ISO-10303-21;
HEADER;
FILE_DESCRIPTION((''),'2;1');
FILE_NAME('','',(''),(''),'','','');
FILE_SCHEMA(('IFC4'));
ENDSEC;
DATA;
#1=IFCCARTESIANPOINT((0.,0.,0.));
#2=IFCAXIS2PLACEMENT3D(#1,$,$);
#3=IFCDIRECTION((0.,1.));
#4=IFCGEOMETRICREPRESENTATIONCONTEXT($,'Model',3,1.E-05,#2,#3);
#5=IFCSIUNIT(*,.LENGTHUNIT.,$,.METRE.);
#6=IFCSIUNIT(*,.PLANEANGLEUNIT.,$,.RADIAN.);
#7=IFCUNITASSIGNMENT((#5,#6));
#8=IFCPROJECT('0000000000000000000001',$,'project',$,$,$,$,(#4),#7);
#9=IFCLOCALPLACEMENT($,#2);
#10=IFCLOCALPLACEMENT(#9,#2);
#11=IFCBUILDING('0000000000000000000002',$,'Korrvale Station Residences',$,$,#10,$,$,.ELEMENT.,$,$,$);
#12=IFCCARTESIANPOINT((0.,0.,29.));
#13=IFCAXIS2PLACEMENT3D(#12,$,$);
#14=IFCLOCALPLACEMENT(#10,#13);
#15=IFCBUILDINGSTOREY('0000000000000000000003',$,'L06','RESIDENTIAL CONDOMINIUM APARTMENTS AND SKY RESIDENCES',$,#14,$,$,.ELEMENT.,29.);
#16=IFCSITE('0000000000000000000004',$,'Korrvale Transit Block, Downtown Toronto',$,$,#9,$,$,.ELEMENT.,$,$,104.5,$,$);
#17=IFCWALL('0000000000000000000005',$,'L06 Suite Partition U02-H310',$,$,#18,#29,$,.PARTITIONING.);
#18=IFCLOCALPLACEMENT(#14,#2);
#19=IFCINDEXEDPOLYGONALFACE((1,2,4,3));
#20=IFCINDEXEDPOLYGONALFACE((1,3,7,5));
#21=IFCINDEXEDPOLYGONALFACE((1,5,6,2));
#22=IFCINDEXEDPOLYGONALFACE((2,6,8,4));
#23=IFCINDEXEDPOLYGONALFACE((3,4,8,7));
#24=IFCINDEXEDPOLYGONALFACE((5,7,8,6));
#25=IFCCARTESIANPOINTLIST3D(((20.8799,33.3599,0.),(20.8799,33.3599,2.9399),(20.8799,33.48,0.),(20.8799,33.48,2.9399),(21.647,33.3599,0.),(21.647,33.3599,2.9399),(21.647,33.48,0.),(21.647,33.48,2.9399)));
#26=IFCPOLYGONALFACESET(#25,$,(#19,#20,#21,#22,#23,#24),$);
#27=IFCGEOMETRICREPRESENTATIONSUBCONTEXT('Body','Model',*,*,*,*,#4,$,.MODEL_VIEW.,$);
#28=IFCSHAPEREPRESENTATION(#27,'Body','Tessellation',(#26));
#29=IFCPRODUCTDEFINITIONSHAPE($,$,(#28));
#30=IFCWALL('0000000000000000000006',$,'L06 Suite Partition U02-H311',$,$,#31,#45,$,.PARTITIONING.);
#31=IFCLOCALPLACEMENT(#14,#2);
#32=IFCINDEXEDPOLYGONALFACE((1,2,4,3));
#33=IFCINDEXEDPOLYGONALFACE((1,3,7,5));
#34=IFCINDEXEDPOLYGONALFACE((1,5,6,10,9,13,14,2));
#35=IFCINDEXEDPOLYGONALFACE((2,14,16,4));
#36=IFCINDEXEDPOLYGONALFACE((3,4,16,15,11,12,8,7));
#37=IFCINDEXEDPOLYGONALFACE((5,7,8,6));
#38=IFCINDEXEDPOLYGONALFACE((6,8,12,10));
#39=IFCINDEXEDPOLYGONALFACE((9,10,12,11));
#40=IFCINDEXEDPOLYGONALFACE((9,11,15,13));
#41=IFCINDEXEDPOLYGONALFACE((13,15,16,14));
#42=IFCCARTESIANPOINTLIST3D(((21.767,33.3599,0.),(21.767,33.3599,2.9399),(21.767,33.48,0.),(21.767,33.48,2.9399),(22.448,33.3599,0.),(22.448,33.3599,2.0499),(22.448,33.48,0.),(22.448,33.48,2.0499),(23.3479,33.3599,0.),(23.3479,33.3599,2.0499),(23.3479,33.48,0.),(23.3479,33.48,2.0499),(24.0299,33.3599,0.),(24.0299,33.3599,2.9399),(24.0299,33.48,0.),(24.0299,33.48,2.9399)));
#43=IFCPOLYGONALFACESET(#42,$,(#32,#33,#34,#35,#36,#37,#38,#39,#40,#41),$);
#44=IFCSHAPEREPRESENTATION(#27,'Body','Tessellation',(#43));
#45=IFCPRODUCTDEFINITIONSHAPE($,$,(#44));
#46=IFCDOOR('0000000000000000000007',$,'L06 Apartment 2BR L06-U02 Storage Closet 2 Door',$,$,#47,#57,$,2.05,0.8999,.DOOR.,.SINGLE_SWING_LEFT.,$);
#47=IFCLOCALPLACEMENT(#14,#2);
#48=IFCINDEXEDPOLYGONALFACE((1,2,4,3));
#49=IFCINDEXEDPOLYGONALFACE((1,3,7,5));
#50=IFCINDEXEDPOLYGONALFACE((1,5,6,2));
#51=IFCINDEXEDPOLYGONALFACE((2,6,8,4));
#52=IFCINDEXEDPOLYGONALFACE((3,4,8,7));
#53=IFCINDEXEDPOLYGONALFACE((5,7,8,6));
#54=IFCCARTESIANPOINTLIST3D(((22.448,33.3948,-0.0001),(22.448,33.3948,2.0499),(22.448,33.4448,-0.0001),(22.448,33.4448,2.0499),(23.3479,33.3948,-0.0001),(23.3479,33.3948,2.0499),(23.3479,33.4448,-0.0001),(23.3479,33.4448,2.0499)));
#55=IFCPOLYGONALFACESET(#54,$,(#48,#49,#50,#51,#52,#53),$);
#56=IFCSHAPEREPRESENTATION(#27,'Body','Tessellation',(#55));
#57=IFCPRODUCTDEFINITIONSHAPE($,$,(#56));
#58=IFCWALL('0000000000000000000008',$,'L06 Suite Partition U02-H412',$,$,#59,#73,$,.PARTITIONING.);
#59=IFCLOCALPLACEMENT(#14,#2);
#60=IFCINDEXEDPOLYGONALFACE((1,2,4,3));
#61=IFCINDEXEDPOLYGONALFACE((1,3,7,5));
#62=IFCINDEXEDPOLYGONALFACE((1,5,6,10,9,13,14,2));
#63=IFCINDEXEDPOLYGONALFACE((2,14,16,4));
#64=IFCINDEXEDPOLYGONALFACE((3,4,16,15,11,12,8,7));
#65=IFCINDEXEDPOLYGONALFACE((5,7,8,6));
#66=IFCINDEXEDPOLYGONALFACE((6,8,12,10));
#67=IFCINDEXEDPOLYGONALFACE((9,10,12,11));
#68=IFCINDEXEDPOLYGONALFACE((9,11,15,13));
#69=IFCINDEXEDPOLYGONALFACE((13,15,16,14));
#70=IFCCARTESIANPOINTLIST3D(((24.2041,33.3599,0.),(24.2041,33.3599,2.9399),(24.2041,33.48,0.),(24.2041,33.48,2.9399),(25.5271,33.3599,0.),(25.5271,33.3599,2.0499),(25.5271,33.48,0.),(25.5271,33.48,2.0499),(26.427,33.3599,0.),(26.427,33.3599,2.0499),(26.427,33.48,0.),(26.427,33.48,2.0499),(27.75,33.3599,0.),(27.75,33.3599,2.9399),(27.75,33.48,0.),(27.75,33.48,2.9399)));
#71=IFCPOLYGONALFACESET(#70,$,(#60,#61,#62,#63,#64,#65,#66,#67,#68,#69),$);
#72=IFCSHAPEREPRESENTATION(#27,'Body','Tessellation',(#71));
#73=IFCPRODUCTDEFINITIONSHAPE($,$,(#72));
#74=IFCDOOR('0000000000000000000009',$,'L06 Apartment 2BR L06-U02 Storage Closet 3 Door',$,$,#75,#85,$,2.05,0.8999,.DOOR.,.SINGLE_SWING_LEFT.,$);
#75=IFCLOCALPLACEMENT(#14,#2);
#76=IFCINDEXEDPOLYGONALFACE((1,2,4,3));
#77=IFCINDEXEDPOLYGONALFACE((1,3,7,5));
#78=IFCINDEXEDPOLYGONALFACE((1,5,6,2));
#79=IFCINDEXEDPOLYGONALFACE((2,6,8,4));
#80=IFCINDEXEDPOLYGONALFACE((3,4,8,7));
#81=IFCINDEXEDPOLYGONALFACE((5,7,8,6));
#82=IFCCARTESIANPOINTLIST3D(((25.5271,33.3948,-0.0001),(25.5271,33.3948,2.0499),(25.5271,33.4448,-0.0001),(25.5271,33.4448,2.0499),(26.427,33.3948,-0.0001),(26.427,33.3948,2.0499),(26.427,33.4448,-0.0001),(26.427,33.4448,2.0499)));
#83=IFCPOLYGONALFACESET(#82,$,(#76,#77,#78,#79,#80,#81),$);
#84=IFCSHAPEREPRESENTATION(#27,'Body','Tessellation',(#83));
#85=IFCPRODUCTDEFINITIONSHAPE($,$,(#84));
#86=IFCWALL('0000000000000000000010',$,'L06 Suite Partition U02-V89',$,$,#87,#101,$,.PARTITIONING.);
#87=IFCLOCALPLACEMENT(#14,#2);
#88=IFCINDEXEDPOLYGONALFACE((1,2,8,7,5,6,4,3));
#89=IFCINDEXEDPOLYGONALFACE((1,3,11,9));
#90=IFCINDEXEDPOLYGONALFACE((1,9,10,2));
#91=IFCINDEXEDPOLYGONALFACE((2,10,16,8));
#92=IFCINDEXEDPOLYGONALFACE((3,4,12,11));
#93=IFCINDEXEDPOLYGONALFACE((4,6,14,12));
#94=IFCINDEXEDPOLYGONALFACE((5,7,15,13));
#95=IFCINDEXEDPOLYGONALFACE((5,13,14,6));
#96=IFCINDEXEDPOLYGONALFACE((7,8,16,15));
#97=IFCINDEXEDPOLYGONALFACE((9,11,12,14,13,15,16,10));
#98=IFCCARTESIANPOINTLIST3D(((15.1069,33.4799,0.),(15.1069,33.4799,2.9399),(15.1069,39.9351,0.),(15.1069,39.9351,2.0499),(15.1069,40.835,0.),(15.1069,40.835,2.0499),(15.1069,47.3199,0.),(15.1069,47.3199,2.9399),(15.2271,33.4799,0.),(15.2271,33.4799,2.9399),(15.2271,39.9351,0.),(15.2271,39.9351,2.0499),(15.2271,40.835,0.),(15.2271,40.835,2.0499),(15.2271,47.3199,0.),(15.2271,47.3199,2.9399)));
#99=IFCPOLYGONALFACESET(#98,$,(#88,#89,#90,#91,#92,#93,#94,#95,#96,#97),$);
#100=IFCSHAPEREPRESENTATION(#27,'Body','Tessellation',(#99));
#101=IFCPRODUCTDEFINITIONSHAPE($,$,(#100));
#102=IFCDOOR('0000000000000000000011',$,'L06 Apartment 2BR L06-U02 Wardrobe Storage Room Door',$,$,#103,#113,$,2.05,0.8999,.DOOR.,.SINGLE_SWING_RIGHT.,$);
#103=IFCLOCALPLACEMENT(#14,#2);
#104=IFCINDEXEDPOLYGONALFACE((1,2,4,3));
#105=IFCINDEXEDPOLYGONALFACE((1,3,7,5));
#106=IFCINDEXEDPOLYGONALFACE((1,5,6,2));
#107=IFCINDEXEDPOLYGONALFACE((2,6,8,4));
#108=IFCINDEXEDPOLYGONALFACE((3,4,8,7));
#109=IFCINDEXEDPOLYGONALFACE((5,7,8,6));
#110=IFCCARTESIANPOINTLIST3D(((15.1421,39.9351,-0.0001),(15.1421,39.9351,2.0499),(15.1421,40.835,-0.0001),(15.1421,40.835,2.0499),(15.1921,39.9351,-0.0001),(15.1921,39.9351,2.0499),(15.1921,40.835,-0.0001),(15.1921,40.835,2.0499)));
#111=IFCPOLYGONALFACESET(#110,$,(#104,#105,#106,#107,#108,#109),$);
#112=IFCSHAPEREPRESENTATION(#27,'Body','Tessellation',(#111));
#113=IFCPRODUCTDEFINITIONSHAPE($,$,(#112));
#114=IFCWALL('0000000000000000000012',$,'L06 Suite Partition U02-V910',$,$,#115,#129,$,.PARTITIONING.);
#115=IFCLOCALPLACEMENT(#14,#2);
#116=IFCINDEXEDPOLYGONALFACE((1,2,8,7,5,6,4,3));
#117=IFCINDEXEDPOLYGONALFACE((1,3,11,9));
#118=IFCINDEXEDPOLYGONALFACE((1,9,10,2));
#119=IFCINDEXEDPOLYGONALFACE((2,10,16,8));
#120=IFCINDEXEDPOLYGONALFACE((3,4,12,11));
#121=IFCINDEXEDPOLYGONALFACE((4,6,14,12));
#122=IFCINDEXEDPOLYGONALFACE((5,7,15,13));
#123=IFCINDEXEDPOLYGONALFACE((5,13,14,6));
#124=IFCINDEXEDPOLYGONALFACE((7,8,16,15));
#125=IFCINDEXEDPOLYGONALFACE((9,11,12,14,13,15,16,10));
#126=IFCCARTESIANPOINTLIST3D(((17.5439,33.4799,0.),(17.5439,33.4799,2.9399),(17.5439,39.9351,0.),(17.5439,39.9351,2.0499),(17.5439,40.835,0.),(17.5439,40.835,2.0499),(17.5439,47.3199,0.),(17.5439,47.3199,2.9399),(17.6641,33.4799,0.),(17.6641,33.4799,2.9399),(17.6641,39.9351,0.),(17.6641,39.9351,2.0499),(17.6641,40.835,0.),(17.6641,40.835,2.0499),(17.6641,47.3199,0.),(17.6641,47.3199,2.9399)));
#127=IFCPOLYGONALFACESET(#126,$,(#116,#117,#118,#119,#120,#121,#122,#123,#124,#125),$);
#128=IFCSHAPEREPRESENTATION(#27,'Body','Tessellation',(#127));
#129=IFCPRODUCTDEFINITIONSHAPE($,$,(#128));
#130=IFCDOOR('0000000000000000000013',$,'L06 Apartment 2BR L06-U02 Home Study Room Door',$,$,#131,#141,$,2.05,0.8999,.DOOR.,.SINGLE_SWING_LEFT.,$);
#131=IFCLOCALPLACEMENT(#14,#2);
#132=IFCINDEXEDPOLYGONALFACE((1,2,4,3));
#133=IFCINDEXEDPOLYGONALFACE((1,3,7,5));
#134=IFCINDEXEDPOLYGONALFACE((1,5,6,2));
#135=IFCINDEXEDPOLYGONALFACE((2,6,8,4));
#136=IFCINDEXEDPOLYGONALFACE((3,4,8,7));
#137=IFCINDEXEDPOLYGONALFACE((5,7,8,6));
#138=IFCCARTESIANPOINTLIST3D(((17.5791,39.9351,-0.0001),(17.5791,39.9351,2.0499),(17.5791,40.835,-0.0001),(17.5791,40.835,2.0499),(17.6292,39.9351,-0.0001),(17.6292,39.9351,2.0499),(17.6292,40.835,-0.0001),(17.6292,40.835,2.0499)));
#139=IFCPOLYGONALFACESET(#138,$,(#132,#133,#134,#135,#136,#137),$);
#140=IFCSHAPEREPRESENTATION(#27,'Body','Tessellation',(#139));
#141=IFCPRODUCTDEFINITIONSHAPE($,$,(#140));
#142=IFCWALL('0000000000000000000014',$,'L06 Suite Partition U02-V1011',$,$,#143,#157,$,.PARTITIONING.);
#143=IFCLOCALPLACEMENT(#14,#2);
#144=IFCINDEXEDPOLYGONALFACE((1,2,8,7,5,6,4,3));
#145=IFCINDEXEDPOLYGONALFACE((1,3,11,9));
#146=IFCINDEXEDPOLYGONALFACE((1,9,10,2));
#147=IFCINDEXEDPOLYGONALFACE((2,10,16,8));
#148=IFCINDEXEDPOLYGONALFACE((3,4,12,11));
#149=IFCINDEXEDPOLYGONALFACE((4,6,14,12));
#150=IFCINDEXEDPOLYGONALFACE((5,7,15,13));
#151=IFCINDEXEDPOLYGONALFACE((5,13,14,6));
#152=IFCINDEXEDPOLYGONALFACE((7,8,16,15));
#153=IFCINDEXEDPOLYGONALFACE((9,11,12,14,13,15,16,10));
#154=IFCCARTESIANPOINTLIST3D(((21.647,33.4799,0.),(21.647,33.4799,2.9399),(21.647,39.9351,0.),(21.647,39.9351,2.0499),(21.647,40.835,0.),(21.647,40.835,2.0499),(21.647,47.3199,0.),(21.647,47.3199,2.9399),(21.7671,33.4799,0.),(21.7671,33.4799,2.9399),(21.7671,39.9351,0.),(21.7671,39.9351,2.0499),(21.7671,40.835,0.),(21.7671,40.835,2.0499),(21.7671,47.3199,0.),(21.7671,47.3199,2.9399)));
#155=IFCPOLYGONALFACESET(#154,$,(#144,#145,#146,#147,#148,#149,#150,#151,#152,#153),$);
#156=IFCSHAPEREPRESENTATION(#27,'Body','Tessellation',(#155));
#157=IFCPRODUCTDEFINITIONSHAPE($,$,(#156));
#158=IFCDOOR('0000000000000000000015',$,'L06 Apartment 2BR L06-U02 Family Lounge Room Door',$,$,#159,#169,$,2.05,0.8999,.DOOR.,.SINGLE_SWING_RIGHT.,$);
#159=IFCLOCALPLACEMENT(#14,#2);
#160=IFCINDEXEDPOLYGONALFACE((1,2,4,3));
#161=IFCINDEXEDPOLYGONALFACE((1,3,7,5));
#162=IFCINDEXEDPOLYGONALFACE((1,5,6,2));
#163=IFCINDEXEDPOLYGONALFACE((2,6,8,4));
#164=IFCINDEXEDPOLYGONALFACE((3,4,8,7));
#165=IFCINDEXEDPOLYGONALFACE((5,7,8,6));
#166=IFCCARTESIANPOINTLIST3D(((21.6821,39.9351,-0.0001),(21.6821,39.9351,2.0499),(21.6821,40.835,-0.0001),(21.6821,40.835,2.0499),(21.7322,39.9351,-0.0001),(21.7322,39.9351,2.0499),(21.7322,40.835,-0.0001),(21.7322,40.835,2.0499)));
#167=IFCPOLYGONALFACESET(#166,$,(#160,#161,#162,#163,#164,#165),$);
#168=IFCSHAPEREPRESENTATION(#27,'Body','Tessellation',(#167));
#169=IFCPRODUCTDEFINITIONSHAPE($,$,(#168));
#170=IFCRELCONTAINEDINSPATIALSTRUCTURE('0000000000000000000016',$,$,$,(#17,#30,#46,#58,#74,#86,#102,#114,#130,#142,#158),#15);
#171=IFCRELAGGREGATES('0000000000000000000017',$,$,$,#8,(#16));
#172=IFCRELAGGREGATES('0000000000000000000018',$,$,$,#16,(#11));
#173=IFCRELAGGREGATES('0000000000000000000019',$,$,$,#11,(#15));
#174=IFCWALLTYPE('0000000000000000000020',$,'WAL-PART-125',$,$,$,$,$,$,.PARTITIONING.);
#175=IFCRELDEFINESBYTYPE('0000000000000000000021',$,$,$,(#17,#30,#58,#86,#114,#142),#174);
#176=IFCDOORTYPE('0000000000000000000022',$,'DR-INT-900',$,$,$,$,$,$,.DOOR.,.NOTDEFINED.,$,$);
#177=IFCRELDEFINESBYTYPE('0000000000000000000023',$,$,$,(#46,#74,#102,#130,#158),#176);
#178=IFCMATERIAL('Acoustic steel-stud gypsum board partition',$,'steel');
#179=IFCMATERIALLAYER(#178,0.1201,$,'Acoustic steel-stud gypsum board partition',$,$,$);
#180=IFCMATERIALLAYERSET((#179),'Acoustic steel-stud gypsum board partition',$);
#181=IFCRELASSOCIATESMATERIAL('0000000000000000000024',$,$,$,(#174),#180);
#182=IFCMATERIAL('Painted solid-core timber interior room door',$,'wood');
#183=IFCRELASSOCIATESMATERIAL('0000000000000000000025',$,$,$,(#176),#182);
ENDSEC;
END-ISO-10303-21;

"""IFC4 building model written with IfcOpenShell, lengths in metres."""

from ifc_helpers import new_model, si_unit, direction, frame, frame_2d, origin, place, context, subcontext, project, spatial, rectangle, extrude, material, layer, layer_set, type_object, element, fill, save


model = new_model("IFC4")

# Units and contexts
model_context = context("Model", 3, precision=1e-05, world=origin(), true_north=direction((0.0, 1.0)))
body_context = subcontext(model_context, "Body", "Model", "MODEL_VIEW")
ifc_project = project(units=[si_unit("LENGTHUNIT", "METRE"), si_unit("PLANEANGLEUNIT", "RADIAN")], contexts=[model_context])

# Site, building, storey
site_placement = place(None, origin())
site = spatial("IfcSite", under=ifc_project, at=site_placement, Name="Korrvale Transit Block, Downtown Toronto", CompositionType="ELEMENT", RefElevation=104.5)
building_placement = place(site_placement, origin())
building = spatial("IfcBuilding", under=site, at=building_placement, Name="Korrvale Station Residences", CompositionType="ELEMENT")
storey_placement = place(building_placement, frame((0.0, 0.0, 29.0)))
storey = spatial("IfcBuildingStorey", under=building, at=storey_placement, Name="L06", Description="RESIDENTIAL CONDOMINIUM APARTMENTS AND SKY RESIDENCES", CompositionType="ELEMENT", Elevation=29.0)

# Shared definitions
ifc_material_1 = material(Name="Acoustic steel-stud gypsum board partition", Category="steel")
ifc_layer = layer(ifc_material_1, 0.1201, Name="Acoustic steel-stud gypsum board partition")
ifc_layer_set = layer_set([ifc_layer], Name="Acoustic steel-stud gypsum board partition")
wall_type = type_object("IfcWallType", Name="WAL-PART-125", PredefinedType="PARTITIONING", material=ifc_layer_set)
ifc_material_2 = material(Name="Painted solid-core timber interior room door", Category="wood")
door_type = type_object("IfcDoorType", Name="DR-INT-900", OperationType="NOTDEFINED", PredefinedType="DOOR", material=ifc_material_2)

# Wall
wall_1_placement = place(storey_placement, frame((20.8799, 33.4199, 0.0), z_axis=(0.0, 0.0, 1.0), x_axis=(1.0, 0.0, 0.0)))
element("IfcWall", 1, at=wall_1_placement, inside=storey, type_object=wall_type, Name="L06 Suite Partition U02-H310", PredefinedType="PARTITIONING", context=body_context, shape_type="SweptSolid", body=[
    extrude(rectangle(XDim=0.7671, YDim=0.1201, at=frame_2d((0.3835, 0.0))), origin(), (0.0, 0.0, 1.0), 2.9399),
])

# Walls, openings, doors
wall_2_placement = place(storey_placement, frame((21.7671, 33.4199, 0.0), z_axis=(0.0, 0.0, 1.0), x_axis=(1.0, 0.0, 0.0)))
wall_2 = element("IfcWall", 2, at=wall_2_placement, inside=storey, type_object=wall_type, Name="L06 Suite Partition U02-H311", PredefinedType="PARTITIONING", context=body_context, shape_type="SweptSolid", body=[
    extrude(rectangle(XDim=2.2629, YDim=0.1201, at=frame_2d((1.1313, 0.0))), origin(), (0.0, 0.0, 1.0), 2.9399),
])
opening_1_placement = place(wall_2_placement, frame((0.6809, 0.0, 0.0)))
opening_1 = element("IfcOpeningElement", 3, at=opening_1_placement, cuts=wall_2, PredefinedType="OPENING", context=body_context, shape_type="SweptSolid", body=[
    extrude(rectangle(XDim=0.8999, YDim=2.05, at=frame_2d((0.45, 1.0249))), frame((0.0, 0.0701, 0.0), z_axis=(0.0, -1.0, 0.0), x_axis=(1.0, 0.0, 0.0)), (0.0, 0.0, 1.0), 0.1401),
])
door_1_placement = place(opening_1_placement, origin())
door_1 = element("IfcDoor", 4, at=door_1_placement, inside=storey, type_object=door_type, Name="L06 Apartment 2BR L06-U02 Storage Closet 2 Door", OperationType="SINGLE_SWING_LEFT", OverallHeight=2.05, OverallWidth=0.8999, PredefinedType="DOOR", context=body_context, shape_type="SweptSolid", body=[
    extrude(rectangle(XDim=0.8999, YDim=2.05, at=frame_2d((0.45, 1.0249))), frame((0.0, 0.0249, 0.0), z_axis=(0.0, -1.0, 0.0), x_axis=(1.0, 0.0, 0.0)), (0.0, 0.0, 1.0), 0.05),
])
fill(opening_1, door_1)
wall_3_placement = place(storey_placement, frame((24.2041, 33.4199, 0.0), z_axis=(0.0, 0.0, 1.0), x_axis=(1.0, 0.0, 0.0)))
wall_3 = element("IfcWall", 5, at=wall_3_placement, inside=storey, type_object=wall_type, Name="L06 Suite Partition U02-H412", PredefinedType="PARTITIONING", context=body_context, shape_type="SweptSolid", body=[
    extrude(rectangle(XDim=3.5459, YDim=0.1201, at=frame_2d((1.7729, 0.0))), origin(), (0.0, 0.0, 1.0), 2.9399),
])
opening_2_placement = place(wall_3_placement, frame((1.323, 0.0, 0.0)))
opening_2 = element("IfcOpeningElement", 6, at=opening_2_placement, cuts=wall_3, PredefinedType="OPENING", context=body_context, shape_type="SweptSolid", body=[
    extrude(rectangle(XDim=0.8999, YDim=2.05, at=frame_2d((0.45, 1.0249))), frame((0.0, 0.0701, 0.0), z_axis=(0.0, -1.0, 0.0), x_axis=(1.0, 0.0, 0.0)), (0.0, 0.0, 1.0), 0.1401),
])
door_2_placement = place(opening_2_placement, origin())
door_2 = element("IfcDoor", 7, at=door_2_placement, inside=storey, type_object=door_type, Name="L06 Apartment 2BR L06-U02 Storage Closet 3 Door", OperationType="SINGLE_SWING_LEFT", OverallHeight=2.05, OverallWidth=0.8999, PredefinedType="DOOR", context=body_context, shape_type="SweptSolid", body=[
    extrude(rectangle(XDim=0.8999, YDim=2.05, at=frame_2d((0.45, 1.0249))), frame((0.0, 0.0249, 0.0), z_axis=(0.0, -1.0, 0.0), x_axis=(1.0, 0.0, 0.0)), (0.0, 0.0, 1.0), 0.05),
])
fill(opening_2, door_2)
wall_4_placement = place(storey_placement, frame((15.167, 33.48, 0.0), z_axis=(0.0, 0.0, 1.0), x_axis=(0.0, 1.0, 0.0)))
wall_4 = element("IfcWall", 8, at=wall_4_placement, inside=storey, type_object=wall_type, Name="L06 Suite Partition U02-V89", PredefinedType="PARTITIONING", context=body_context, shape_type="SweptSolid", body=[
    extrude(rectangle(XDim=13.8401, YDim=0.1201, at=frame_2d((6.9199, 0.0))), origin(), (0.0, 0.0, 1.0), 2.9399),
])
opening_3_placement = place(wall_4_placement, frame((6.4551, 0.0, 0.0)))
opening_3 = element("IfcOpeningElement", 9, at=opening_3_placement, cuts=wall_4, PredefinedType="OPENING", context=body_context, shape_type="SweptSolid", body=[
    extrude(rectangle(XDim=0.8999, YDim=2.05, at=frame_2d((0.45, 1.0249))), frame((0.0, 0.0701, 0.0), z_axis=(0.0, -1.0, 0.0), x_axis=(1.0, 0.0, 0.0)), (0.0, 0.0, 1.0), 0.1401),
])
door_3_placement = place(opening_3_placement, origin())
door_3 = element("IfcDoor", 10, at=door_3_placement, inside=storey, type_object=door_type, Name="L06 Apartment 2BR L06-U02 Wardrobe Storage Room Door", OperationType="SINGLE_SWING_RIGHT", OverallHeight=2.05, OverallWidth=0.8999, PredefinedType="DOOR", context=body_context, shape_type="SweptSolid", body=[
    extrude(rectangle(XDim=0.8999, YDim=2.05, at=frame_2d((0.45, 1.0249))), frame((0.0, 0.0249, 0.0), z_axis=(0.0, -1.0, 0.0), x_axis=(1.0, 0.0, 0.0)), (0.0, 0.0, 1.0), 0.05),
])
fill(opening_3, door_3)
wall_5_placement = place(storey_placement, frame((17.604, 33.48, 0.0), z_axis=(0.0, 0.0, 1.0), x_axis=(0.0, 1.0, 0.0)))
wall_5 = element("IfcWall", 11, at=wall_5_placement, inside=storey, type_object=wall_type, Name="L06 Suite Partition U02-V910", PredefinedType="PARTITIONING", context=body_context, shape_type="SweptSolid", body=[
    extrude(rectangle(XDim=13.8401, YDim=0.1201, at=frame_2d((6.9199, 0.0))), origin(), (0.0, 0.0, 1.0), 2.9399),
])
opening_4_placement = place(wall_5_placement, frame((6.4551, 0.0, 0.0)))
opening_4 = element("IfcOpeningElement", 12, at=opening_4_placement, cuts=wall_5, PredefinedType="OPENING", context=body_context, shape_type="SweptSolid", body=[
    extrude(rectangle(XDim=0.8999, YDim=2.05, at=frame_2d((0.45, 1.0249))), frame((0.0, 0.0701, 0.0), z_axis=(0.0, -1.0, 0.0), x_axis=(1.0, 0.0, 0.0)), (0.0, 0.0, 1.0), 0.1401),
])
door_4_placement = place(opening_4_placement, origin())
door_4 = element("IfcDoor", 13, at=door_4_placement, inside=storey, type_object=door_type, Name="L06 Apartment 2BR L06-U02 Home Study Room Door", OperationType="SINGLE_SWING_LEFT", OverallHeight=2.05, OverallWidth=0.8999, PredefinedType="DOOR", context=body_context, shape_type="SweptSolid", body=[
    extrude(rectangle(XDim=0.8999, YDim=2.05, at=frame_2d((0.45, 1.0249))), frame((0.0, 0.0249, 0.0), z_axis=(0.0, -1.0, 0.0), x_axis=(1.0, 0.0, 0.0)), (0.0, 0.0, 1.0), 0.05),
])
fill(opening_4, door_4)
wall_6_placement = place(storey_placement, frame((21.707, 33.48, 0.0), z_axis=(0.0, 0.0, 1.0), x_axis=(0.0, 1.0, 0.0)))
wall_6 = element("IfcWall", 14, at=wall_6_placement, inside=storey, type_object=wall_type, Name="L06 Suite Partition U02-V1011", PredefinedType="PARTITIONING", context=body_context, shape_type="SweptSolid", body=[
    extrude(rectangle(XDim=13.8401, YDim=0.1201, at=frame_2d((6.9199, 0.0))), origin(), (0.0, 0.0, 1.0), 2.9399),
])
opening_5_placement = place(wall_6_placement, frame((6.4551, 0.0, 0.0)))
opening_5 = element("IfcOpeningElement", 15, at=opening_5_placement, cuts=wall_6, PredefinedType="OPENING", context=body_context, shape_type="SweptSolid", body=[
    extrude(rectangle(XDim=0.8999, YDim=2.05, at=frame_2d((0.45, 1.0249))), frame((0.0, 0.0701, 0.0), z_axis=(0.0, -1.0, 0.0), x_axis=(1.0, 0.0, 0.0)), (0.0, 0.0, 1.0), 0.1401),
])
door_5_placement = place(opening_5_placement, origin())
door_5 = element("IfcDoor", 16, at=door_5_placement, inside=storey, type_object=door_type, Name="L06 Apartment 2BR L06-U02 Family Lounge Room Door", OperationType="SINGLE_SWING_RIGHT", OverallHeight=2.05, OverallWidth=0.8999, PredefinedType="DOOR", context=body_context, shape_type="SweptSolid", body=[
    extrude(rectangle(XDim=0.8999, YDim=2.05, at=frame_2d((0.45, 1.0249))), frame((0.0, 0.0249, 0.0), z_axis=(0.0, -1.0, 0.0), x_axis=(1.0, 0.0, 0.0)), (0.0, 0.0, 1.0), 0.05),
])
fill(opening_5, door_5)

save(model, "model.ifc")
